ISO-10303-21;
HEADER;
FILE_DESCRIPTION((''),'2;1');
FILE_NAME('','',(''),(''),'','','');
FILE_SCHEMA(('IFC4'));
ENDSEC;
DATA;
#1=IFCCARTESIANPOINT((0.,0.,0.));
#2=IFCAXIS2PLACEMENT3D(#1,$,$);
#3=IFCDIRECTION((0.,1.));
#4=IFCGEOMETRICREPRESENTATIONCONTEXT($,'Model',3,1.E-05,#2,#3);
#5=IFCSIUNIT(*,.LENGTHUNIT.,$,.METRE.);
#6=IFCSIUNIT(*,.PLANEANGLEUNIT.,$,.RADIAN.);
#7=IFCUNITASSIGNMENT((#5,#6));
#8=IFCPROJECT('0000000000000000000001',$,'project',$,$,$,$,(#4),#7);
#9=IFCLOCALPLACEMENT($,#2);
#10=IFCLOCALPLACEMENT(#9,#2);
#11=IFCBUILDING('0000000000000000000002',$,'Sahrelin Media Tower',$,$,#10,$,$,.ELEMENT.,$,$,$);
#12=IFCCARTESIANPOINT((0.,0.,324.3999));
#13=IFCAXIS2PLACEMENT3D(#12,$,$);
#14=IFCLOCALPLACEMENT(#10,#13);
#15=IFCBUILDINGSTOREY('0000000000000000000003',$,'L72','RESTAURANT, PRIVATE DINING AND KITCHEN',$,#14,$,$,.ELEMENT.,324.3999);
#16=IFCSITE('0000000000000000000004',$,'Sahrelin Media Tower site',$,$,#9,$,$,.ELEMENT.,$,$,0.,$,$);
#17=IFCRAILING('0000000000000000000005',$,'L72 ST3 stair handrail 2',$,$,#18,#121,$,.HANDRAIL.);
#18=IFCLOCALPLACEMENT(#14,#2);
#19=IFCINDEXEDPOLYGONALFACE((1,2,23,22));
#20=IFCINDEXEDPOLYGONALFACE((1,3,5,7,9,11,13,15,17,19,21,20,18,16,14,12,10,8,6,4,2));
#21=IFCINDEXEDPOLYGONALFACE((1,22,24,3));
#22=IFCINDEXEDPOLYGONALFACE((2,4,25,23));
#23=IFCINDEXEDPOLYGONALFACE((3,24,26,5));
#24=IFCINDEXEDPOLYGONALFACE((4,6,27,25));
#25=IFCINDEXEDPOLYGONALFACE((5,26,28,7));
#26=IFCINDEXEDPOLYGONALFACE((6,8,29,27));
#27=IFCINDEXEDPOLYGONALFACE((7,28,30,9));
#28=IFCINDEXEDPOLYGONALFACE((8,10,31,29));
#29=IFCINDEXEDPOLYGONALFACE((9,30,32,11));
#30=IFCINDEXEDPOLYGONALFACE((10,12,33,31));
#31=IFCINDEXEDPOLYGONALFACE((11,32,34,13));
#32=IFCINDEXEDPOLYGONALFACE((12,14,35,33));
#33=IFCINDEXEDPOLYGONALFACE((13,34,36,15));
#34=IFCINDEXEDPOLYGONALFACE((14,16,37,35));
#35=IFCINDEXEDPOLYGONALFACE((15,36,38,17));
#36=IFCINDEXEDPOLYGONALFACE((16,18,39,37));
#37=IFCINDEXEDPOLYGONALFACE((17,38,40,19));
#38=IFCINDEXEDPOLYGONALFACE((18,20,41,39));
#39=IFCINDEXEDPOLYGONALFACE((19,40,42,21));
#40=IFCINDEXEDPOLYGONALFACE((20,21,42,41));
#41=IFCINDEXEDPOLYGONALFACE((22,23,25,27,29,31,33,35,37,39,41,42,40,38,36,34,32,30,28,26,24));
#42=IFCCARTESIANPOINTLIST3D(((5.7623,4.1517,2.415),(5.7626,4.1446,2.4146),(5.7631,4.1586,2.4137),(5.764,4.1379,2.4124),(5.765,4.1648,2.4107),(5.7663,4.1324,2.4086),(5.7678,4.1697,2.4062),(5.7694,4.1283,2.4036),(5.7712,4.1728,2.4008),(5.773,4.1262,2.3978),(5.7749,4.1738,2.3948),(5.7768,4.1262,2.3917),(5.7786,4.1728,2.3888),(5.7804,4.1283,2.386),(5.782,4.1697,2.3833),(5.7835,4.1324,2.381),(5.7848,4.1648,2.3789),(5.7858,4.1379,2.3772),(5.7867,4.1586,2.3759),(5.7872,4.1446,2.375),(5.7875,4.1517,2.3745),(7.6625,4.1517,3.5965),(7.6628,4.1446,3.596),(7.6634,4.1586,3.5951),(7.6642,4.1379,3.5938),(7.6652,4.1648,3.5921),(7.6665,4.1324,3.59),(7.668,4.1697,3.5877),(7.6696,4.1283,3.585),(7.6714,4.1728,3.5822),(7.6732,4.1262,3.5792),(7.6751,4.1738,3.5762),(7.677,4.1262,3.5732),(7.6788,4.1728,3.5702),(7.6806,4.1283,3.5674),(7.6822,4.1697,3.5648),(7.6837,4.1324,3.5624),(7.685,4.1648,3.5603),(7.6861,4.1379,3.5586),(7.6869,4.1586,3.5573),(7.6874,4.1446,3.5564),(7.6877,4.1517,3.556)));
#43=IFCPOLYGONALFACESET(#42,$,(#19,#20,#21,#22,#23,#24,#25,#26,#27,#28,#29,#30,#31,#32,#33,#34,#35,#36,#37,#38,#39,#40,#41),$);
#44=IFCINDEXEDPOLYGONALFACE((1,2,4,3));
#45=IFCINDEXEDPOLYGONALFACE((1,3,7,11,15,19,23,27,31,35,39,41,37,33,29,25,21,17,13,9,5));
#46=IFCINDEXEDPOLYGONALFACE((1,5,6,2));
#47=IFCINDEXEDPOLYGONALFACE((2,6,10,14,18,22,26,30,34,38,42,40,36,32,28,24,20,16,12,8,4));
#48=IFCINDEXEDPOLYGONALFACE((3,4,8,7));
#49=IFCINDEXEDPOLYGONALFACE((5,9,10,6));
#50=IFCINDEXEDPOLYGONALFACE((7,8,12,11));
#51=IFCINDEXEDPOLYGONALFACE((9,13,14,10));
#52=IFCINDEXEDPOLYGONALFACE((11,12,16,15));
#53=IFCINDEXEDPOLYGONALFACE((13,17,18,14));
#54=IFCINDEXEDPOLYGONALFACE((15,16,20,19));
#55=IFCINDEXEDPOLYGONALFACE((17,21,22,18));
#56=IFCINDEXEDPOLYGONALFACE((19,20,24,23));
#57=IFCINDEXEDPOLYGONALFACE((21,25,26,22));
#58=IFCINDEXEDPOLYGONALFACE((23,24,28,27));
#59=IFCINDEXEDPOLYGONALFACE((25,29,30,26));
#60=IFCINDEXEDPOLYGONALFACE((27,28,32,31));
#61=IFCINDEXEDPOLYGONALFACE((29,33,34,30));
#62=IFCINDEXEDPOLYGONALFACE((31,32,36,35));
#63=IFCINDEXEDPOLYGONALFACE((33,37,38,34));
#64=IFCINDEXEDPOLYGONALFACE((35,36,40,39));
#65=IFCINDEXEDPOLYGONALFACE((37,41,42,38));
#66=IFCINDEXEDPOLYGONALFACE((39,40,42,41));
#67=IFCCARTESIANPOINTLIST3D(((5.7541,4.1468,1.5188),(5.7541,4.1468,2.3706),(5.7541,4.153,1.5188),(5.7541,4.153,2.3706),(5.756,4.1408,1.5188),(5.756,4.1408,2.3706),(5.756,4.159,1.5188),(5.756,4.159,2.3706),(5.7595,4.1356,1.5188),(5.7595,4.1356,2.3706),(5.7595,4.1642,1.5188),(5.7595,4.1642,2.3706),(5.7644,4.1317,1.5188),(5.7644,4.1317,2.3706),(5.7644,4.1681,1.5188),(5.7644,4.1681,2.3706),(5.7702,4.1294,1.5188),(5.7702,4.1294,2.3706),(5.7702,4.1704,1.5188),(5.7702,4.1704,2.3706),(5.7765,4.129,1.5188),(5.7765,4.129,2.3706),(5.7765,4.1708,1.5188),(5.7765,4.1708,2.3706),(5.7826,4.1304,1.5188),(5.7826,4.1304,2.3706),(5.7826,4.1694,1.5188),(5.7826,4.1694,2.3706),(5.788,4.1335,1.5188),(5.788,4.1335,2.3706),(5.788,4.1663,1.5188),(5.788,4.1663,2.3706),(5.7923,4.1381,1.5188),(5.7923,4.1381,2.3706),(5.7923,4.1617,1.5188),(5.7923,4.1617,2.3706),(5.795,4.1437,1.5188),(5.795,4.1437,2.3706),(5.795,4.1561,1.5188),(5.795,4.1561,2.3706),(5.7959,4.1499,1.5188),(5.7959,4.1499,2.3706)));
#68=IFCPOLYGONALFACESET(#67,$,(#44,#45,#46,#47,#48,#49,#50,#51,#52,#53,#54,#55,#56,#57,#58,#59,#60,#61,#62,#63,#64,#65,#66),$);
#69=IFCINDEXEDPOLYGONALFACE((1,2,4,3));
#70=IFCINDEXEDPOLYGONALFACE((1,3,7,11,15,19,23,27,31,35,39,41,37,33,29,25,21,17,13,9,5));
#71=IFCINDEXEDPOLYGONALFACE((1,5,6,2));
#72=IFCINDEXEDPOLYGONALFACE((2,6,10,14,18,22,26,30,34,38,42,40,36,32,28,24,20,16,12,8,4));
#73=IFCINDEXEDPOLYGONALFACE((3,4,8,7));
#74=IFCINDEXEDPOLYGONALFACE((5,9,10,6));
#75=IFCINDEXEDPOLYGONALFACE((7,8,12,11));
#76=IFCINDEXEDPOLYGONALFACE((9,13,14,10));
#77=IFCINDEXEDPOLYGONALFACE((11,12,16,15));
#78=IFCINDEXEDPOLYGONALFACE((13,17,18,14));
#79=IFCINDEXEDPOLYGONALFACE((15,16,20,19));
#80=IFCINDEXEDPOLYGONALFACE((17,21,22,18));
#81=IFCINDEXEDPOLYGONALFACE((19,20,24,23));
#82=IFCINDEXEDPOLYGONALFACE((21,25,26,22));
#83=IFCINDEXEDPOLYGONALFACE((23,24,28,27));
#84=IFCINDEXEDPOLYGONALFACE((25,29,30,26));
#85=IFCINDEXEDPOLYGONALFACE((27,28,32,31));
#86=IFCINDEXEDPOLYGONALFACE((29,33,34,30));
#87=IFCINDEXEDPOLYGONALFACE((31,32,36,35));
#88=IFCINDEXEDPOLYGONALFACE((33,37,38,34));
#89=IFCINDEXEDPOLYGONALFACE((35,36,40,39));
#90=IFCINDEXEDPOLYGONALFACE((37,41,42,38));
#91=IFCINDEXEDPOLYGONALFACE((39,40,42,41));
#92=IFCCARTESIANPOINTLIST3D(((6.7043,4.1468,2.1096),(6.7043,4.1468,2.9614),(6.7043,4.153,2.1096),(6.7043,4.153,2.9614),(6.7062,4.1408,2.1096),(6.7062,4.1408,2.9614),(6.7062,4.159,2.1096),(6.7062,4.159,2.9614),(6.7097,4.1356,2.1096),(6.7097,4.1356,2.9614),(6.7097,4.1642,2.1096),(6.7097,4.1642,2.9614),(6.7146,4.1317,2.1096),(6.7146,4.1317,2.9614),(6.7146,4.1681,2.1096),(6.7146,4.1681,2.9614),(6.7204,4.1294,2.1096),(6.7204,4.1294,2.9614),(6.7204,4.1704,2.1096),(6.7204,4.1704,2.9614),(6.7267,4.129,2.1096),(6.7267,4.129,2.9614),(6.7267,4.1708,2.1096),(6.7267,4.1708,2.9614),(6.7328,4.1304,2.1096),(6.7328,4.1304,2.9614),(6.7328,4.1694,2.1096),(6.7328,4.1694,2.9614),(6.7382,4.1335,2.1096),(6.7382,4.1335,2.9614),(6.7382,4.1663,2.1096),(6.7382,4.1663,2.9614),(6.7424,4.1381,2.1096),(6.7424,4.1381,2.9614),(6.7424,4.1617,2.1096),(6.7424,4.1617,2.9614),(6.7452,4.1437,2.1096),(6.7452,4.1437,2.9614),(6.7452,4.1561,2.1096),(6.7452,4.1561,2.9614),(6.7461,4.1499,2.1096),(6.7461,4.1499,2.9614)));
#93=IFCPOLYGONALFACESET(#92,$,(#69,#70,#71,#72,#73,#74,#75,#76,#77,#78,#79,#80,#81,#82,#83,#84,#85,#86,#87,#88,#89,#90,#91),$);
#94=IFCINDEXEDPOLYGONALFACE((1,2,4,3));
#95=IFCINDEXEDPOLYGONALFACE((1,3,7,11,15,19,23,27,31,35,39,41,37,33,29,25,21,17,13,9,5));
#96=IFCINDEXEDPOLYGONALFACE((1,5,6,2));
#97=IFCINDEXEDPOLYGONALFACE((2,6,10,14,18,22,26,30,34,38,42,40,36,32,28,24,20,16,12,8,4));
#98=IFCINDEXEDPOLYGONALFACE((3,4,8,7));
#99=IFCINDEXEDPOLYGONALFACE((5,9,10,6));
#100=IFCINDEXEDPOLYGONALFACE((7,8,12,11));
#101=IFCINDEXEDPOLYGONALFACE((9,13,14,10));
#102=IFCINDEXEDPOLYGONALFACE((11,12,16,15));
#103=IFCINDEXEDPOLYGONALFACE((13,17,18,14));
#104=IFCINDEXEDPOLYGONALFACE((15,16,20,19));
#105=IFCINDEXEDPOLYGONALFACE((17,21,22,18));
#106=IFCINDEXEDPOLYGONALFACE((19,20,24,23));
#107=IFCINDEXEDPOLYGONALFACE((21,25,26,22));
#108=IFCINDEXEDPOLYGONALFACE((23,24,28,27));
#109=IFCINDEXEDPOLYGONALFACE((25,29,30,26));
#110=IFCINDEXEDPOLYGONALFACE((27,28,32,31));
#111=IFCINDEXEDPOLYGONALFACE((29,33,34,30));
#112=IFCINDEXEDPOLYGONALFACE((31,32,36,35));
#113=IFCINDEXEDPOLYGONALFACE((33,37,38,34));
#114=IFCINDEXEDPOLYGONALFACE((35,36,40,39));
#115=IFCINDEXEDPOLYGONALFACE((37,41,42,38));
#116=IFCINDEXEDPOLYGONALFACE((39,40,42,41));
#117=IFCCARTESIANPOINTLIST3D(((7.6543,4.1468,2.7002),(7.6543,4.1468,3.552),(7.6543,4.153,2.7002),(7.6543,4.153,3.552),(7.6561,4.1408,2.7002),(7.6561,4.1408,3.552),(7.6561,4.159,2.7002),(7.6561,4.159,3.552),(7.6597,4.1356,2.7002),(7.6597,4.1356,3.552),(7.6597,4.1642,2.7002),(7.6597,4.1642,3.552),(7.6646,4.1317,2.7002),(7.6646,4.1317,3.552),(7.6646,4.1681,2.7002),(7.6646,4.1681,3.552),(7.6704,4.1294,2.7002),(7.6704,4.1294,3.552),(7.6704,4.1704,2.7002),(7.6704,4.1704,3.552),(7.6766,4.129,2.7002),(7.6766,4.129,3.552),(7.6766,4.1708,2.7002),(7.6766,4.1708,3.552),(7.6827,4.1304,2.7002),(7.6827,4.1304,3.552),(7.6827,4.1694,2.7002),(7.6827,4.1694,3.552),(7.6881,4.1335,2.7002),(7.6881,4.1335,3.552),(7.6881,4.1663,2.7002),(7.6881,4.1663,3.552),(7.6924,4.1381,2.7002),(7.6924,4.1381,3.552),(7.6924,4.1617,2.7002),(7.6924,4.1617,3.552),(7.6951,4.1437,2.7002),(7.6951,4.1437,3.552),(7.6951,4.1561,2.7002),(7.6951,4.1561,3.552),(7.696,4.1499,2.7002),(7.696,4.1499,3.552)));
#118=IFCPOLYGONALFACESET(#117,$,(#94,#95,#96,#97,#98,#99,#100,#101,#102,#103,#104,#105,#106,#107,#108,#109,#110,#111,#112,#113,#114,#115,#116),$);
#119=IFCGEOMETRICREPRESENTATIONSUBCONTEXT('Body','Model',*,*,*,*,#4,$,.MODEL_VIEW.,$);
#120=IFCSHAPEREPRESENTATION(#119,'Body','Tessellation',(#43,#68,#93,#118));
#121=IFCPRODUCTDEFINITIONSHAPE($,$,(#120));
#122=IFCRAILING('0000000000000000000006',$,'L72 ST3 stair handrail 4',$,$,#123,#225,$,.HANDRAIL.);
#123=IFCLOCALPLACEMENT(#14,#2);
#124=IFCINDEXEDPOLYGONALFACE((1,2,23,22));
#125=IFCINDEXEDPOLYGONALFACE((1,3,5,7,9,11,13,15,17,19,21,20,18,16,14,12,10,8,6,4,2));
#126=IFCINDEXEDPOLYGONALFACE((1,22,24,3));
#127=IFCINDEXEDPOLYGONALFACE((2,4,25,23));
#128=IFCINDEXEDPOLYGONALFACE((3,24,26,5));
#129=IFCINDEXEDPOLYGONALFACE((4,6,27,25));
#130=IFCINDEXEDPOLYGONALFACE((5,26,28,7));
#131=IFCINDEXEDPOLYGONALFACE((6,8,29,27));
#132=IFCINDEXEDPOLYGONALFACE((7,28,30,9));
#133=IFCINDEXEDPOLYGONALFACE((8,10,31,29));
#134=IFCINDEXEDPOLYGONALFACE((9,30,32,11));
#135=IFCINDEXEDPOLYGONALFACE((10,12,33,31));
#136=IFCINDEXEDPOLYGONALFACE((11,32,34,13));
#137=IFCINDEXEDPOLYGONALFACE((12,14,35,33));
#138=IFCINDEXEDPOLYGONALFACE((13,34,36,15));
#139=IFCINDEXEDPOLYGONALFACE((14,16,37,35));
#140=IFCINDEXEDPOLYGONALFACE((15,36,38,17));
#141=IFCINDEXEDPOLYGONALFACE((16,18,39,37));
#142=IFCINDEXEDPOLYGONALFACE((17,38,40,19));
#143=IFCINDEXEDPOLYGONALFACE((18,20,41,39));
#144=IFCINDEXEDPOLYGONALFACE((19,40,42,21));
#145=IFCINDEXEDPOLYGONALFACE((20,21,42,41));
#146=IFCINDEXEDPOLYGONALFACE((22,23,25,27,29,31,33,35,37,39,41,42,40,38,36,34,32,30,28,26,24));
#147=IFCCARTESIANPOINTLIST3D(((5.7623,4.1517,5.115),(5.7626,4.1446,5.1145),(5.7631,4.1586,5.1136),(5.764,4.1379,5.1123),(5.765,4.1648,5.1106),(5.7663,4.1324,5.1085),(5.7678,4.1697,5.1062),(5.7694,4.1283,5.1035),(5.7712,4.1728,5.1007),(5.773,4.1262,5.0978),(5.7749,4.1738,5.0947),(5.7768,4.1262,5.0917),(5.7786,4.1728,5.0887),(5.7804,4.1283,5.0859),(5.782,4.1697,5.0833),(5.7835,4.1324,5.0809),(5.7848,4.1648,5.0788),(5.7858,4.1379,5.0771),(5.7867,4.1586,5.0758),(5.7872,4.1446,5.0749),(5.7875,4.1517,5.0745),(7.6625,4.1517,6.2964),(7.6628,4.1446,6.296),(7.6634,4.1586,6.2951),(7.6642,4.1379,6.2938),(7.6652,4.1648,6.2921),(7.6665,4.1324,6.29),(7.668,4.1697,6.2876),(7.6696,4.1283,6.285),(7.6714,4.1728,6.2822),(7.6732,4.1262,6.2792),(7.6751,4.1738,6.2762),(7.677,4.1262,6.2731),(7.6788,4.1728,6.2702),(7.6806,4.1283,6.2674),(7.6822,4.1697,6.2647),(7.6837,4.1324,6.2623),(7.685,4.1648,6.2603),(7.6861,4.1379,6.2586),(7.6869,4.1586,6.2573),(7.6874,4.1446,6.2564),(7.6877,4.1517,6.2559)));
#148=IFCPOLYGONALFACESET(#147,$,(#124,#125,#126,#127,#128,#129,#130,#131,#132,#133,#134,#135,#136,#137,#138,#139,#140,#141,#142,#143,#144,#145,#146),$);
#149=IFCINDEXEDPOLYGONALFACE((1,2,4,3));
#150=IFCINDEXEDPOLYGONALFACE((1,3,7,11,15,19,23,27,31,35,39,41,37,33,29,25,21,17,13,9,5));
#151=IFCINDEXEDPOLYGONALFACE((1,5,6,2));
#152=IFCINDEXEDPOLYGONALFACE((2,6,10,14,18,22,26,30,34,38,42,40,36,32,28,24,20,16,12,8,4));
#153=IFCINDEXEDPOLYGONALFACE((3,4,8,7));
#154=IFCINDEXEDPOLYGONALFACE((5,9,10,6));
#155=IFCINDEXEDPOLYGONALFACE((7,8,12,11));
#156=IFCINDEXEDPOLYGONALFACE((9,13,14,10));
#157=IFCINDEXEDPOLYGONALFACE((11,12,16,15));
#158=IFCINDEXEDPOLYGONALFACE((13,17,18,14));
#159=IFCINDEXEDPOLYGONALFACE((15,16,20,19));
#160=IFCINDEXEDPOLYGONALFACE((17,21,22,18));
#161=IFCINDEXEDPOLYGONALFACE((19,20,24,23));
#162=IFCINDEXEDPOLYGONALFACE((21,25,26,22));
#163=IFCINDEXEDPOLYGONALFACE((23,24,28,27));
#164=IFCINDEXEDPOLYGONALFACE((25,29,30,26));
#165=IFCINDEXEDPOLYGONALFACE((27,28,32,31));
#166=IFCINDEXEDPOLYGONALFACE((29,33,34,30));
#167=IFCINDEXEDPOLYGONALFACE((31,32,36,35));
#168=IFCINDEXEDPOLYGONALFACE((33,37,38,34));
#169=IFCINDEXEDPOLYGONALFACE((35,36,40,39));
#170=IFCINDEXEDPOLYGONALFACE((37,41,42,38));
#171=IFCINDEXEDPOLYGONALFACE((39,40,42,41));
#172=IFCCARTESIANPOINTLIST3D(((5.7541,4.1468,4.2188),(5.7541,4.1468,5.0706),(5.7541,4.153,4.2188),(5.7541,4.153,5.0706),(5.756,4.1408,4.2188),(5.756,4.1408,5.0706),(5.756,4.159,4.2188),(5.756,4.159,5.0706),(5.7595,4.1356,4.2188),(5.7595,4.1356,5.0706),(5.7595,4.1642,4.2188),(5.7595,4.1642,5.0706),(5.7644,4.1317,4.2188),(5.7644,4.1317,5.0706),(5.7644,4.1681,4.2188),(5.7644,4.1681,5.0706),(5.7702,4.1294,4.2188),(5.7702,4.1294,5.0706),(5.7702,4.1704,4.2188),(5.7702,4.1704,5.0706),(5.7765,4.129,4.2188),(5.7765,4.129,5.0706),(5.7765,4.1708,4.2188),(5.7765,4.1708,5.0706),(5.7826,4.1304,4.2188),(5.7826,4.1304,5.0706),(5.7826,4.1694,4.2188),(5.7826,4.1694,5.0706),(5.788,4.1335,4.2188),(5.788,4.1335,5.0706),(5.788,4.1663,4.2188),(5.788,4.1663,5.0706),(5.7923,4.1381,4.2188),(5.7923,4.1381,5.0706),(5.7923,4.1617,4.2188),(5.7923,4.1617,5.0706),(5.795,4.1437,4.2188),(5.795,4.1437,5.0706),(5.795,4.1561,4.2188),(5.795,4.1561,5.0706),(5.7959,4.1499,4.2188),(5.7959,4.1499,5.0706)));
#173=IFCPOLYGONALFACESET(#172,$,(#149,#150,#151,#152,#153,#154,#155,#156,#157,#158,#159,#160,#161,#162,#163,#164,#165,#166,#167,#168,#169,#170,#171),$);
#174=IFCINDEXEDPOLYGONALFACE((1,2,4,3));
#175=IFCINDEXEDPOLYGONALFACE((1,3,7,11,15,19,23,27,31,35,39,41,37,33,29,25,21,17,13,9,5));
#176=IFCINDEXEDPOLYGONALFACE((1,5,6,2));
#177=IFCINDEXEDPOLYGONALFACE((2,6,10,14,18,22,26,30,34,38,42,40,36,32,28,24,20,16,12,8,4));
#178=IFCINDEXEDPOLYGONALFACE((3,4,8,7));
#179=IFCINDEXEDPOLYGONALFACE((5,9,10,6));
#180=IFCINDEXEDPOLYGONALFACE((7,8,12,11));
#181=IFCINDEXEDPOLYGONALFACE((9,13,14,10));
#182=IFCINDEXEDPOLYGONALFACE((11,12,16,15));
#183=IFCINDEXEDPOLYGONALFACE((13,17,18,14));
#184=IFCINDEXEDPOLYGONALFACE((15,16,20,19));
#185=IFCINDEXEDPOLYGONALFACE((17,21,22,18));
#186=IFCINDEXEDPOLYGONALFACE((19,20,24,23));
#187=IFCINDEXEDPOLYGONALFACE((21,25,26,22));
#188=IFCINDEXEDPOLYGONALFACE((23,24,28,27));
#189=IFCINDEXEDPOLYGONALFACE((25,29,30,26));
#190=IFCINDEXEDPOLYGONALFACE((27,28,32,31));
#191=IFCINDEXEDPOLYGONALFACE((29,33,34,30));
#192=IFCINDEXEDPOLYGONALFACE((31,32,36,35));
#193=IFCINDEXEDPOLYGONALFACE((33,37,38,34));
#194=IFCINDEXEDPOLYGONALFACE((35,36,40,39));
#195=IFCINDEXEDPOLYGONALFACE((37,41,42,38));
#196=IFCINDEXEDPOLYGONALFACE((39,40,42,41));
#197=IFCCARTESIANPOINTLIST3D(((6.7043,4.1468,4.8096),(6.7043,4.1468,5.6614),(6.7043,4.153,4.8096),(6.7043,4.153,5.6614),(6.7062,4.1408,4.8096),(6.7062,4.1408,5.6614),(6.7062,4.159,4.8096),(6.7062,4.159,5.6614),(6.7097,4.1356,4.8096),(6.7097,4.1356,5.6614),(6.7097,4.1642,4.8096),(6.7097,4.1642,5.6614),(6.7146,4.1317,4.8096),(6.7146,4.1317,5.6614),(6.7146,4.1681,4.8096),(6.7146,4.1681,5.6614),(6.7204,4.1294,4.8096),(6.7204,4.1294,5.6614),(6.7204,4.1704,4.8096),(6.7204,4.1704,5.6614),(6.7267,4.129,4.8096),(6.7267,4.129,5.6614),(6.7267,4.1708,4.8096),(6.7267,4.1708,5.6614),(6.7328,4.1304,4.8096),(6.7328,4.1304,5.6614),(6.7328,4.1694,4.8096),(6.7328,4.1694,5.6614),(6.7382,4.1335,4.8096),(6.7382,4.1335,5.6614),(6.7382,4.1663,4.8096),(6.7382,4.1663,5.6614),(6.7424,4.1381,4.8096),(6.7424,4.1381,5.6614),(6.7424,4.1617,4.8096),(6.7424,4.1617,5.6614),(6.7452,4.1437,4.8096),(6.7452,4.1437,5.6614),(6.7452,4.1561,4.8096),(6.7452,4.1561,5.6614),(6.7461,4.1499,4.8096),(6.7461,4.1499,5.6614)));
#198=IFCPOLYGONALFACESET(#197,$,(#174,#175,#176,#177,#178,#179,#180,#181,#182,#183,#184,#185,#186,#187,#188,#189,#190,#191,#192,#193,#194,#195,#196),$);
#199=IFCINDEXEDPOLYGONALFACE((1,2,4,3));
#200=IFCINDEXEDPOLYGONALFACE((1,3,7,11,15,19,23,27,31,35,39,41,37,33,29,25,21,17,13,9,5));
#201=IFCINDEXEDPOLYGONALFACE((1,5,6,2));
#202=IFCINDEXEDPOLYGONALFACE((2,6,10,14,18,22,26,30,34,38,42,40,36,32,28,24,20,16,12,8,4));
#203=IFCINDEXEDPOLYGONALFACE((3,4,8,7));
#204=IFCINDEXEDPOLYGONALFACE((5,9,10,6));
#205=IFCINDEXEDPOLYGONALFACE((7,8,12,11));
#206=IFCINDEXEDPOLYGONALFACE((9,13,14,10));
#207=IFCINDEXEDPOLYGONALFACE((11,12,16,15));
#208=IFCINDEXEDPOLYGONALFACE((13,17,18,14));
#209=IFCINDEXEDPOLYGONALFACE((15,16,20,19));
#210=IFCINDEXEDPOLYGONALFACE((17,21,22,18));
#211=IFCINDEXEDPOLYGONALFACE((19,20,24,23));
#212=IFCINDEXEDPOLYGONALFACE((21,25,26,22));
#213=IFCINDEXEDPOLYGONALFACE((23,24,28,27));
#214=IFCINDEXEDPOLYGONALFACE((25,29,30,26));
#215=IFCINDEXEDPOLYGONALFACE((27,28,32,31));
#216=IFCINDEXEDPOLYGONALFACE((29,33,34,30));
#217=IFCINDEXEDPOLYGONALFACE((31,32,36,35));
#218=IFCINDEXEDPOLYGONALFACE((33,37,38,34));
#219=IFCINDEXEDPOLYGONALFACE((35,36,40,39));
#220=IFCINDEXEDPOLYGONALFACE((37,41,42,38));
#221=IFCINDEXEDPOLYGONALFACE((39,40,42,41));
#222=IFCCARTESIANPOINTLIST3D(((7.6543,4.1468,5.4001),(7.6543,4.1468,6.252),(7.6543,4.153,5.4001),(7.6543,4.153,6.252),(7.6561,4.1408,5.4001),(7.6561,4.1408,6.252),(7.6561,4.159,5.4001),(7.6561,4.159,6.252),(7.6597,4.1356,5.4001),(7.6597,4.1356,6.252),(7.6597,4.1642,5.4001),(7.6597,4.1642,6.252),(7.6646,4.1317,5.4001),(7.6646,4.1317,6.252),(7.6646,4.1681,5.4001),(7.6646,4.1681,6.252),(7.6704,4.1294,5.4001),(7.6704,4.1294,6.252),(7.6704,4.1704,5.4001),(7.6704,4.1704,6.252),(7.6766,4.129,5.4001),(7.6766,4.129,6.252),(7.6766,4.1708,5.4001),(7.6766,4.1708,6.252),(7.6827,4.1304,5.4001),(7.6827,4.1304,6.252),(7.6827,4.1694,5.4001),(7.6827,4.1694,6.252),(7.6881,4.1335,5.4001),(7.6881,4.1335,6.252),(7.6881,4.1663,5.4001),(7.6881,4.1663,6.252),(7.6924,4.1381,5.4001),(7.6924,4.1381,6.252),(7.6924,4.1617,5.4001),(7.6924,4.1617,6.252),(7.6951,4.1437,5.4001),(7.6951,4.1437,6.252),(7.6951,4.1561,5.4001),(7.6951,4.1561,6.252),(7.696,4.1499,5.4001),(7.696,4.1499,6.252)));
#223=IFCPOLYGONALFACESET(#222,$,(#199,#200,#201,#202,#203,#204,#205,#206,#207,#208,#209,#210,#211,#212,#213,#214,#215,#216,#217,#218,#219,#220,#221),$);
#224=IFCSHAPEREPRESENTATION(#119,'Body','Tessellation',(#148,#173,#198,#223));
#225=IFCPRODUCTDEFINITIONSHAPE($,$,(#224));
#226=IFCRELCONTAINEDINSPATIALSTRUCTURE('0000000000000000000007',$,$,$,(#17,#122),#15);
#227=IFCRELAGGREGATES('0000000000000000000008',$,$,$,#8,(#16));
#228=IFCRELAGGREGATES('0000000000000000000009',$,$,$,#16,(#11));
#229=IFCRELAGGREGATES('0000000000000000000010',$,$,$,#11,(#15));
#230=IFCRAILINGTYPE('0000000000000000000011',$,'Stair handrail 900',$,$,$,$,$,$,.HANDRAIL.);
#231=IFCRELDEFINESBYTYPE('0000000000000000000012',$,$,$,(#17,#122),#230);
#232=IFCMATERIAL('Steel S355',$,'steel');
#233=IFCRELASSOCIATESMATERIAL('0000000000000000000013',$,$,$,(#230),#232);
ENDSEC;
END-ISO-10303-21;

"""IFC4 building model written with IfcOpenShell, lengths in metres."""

from ifc_helpers import new_model, si_unit, direction, frame, origin, origin_2d, place, context, subcontext, project, spatial, circle, extrude, material, type_object, element, save


model = new_model("IFC4")

# Units and contexts
model_context = context("Model", 3, precision=1e-05, world=origin(), true_north=direction((0.0, 1.0)))
body_context = subcontext(model_context, "Body", "Model", "MODEL_VIEW")
ifc_project = project(units=[si_unit("LENGTHUNIT", "METRE"), si_unit("PLANEANGLEUNIT", "RADIAN")], contexts=[model_context])

# Site, building, storey
site_placement = place(None, origin())
site = spatial("IfcSite", under=ifc_project, at=site_placement, Name="Sahrelin Media Tower site", CompositionType="ELEMENT", RefElevation=0.0)
building_placement = place(site_placement, origin())
building = spatial("IfcBuilding", under=site, at=building_placement, Name="Sahrelin Media Tower", CompositionType="ELEMENT")
storey_placement = place(building_placement, frame((0.0, 0.0, 324.3999)))
storey = spatial("IfcBuildingStorey", under=building, at=storey_placement, Name="L72", Description="RESTAURANT, PRIVATE DINING AND KITCHEN", CompositionType="ELEMENT", Elevation=324.3999)

# Railings
ifc_material_1 = material(Name="Steel S355", Category="steel")
railing_type_1 = type_object("IfcRailingType", Name="Stair handrail 900", PredefinedType="HANDRAIL", material=ifc_material_1)
for number, where, name in (
    (1, (5.7749, 4.1499, 1.5188), "L72 ST3 stair handrail 2"),
    (2, (5.7749, 4.1499, 4.2188), "L72 ST3 stair handrail 4"),
):
    element("IfcRailing", number, at=place(storey_placement, frame(where)), inside=storey, type_object=railing_type_1, Name=name, PredefinedType="HANDRAIL", context=body_context, shape_type="SweptSolid", body=[
        extrude(circle(Radius=0.0239, at=origin_2d()), frame((0.0, 0.0, 0.876), z_axis=(0.84924, 0.0, 0.528006), x_axis=(0.0, 1.0, 0.0)), (0.0, 0.0, 1.0), 2.2375),
        extrude(circle(Radius=0.021, at=origin_2d()), origin(), (0.0, 0.0, 1.0), 0.8518),
        extrude(circle(Radius=0.021, at=origin_2d()), frame((0.9502, 0.0, 0.5908)), (0.0, 0.0, 1.0), 0.8518),
        extrude(circle(Radius=0.021, at=origin_2d()), frame((1.9001, 0.0, 1.1814)), (0.0, 0.0, 1.0), 0.8518),
    ])

save(model, "model.ifc")
